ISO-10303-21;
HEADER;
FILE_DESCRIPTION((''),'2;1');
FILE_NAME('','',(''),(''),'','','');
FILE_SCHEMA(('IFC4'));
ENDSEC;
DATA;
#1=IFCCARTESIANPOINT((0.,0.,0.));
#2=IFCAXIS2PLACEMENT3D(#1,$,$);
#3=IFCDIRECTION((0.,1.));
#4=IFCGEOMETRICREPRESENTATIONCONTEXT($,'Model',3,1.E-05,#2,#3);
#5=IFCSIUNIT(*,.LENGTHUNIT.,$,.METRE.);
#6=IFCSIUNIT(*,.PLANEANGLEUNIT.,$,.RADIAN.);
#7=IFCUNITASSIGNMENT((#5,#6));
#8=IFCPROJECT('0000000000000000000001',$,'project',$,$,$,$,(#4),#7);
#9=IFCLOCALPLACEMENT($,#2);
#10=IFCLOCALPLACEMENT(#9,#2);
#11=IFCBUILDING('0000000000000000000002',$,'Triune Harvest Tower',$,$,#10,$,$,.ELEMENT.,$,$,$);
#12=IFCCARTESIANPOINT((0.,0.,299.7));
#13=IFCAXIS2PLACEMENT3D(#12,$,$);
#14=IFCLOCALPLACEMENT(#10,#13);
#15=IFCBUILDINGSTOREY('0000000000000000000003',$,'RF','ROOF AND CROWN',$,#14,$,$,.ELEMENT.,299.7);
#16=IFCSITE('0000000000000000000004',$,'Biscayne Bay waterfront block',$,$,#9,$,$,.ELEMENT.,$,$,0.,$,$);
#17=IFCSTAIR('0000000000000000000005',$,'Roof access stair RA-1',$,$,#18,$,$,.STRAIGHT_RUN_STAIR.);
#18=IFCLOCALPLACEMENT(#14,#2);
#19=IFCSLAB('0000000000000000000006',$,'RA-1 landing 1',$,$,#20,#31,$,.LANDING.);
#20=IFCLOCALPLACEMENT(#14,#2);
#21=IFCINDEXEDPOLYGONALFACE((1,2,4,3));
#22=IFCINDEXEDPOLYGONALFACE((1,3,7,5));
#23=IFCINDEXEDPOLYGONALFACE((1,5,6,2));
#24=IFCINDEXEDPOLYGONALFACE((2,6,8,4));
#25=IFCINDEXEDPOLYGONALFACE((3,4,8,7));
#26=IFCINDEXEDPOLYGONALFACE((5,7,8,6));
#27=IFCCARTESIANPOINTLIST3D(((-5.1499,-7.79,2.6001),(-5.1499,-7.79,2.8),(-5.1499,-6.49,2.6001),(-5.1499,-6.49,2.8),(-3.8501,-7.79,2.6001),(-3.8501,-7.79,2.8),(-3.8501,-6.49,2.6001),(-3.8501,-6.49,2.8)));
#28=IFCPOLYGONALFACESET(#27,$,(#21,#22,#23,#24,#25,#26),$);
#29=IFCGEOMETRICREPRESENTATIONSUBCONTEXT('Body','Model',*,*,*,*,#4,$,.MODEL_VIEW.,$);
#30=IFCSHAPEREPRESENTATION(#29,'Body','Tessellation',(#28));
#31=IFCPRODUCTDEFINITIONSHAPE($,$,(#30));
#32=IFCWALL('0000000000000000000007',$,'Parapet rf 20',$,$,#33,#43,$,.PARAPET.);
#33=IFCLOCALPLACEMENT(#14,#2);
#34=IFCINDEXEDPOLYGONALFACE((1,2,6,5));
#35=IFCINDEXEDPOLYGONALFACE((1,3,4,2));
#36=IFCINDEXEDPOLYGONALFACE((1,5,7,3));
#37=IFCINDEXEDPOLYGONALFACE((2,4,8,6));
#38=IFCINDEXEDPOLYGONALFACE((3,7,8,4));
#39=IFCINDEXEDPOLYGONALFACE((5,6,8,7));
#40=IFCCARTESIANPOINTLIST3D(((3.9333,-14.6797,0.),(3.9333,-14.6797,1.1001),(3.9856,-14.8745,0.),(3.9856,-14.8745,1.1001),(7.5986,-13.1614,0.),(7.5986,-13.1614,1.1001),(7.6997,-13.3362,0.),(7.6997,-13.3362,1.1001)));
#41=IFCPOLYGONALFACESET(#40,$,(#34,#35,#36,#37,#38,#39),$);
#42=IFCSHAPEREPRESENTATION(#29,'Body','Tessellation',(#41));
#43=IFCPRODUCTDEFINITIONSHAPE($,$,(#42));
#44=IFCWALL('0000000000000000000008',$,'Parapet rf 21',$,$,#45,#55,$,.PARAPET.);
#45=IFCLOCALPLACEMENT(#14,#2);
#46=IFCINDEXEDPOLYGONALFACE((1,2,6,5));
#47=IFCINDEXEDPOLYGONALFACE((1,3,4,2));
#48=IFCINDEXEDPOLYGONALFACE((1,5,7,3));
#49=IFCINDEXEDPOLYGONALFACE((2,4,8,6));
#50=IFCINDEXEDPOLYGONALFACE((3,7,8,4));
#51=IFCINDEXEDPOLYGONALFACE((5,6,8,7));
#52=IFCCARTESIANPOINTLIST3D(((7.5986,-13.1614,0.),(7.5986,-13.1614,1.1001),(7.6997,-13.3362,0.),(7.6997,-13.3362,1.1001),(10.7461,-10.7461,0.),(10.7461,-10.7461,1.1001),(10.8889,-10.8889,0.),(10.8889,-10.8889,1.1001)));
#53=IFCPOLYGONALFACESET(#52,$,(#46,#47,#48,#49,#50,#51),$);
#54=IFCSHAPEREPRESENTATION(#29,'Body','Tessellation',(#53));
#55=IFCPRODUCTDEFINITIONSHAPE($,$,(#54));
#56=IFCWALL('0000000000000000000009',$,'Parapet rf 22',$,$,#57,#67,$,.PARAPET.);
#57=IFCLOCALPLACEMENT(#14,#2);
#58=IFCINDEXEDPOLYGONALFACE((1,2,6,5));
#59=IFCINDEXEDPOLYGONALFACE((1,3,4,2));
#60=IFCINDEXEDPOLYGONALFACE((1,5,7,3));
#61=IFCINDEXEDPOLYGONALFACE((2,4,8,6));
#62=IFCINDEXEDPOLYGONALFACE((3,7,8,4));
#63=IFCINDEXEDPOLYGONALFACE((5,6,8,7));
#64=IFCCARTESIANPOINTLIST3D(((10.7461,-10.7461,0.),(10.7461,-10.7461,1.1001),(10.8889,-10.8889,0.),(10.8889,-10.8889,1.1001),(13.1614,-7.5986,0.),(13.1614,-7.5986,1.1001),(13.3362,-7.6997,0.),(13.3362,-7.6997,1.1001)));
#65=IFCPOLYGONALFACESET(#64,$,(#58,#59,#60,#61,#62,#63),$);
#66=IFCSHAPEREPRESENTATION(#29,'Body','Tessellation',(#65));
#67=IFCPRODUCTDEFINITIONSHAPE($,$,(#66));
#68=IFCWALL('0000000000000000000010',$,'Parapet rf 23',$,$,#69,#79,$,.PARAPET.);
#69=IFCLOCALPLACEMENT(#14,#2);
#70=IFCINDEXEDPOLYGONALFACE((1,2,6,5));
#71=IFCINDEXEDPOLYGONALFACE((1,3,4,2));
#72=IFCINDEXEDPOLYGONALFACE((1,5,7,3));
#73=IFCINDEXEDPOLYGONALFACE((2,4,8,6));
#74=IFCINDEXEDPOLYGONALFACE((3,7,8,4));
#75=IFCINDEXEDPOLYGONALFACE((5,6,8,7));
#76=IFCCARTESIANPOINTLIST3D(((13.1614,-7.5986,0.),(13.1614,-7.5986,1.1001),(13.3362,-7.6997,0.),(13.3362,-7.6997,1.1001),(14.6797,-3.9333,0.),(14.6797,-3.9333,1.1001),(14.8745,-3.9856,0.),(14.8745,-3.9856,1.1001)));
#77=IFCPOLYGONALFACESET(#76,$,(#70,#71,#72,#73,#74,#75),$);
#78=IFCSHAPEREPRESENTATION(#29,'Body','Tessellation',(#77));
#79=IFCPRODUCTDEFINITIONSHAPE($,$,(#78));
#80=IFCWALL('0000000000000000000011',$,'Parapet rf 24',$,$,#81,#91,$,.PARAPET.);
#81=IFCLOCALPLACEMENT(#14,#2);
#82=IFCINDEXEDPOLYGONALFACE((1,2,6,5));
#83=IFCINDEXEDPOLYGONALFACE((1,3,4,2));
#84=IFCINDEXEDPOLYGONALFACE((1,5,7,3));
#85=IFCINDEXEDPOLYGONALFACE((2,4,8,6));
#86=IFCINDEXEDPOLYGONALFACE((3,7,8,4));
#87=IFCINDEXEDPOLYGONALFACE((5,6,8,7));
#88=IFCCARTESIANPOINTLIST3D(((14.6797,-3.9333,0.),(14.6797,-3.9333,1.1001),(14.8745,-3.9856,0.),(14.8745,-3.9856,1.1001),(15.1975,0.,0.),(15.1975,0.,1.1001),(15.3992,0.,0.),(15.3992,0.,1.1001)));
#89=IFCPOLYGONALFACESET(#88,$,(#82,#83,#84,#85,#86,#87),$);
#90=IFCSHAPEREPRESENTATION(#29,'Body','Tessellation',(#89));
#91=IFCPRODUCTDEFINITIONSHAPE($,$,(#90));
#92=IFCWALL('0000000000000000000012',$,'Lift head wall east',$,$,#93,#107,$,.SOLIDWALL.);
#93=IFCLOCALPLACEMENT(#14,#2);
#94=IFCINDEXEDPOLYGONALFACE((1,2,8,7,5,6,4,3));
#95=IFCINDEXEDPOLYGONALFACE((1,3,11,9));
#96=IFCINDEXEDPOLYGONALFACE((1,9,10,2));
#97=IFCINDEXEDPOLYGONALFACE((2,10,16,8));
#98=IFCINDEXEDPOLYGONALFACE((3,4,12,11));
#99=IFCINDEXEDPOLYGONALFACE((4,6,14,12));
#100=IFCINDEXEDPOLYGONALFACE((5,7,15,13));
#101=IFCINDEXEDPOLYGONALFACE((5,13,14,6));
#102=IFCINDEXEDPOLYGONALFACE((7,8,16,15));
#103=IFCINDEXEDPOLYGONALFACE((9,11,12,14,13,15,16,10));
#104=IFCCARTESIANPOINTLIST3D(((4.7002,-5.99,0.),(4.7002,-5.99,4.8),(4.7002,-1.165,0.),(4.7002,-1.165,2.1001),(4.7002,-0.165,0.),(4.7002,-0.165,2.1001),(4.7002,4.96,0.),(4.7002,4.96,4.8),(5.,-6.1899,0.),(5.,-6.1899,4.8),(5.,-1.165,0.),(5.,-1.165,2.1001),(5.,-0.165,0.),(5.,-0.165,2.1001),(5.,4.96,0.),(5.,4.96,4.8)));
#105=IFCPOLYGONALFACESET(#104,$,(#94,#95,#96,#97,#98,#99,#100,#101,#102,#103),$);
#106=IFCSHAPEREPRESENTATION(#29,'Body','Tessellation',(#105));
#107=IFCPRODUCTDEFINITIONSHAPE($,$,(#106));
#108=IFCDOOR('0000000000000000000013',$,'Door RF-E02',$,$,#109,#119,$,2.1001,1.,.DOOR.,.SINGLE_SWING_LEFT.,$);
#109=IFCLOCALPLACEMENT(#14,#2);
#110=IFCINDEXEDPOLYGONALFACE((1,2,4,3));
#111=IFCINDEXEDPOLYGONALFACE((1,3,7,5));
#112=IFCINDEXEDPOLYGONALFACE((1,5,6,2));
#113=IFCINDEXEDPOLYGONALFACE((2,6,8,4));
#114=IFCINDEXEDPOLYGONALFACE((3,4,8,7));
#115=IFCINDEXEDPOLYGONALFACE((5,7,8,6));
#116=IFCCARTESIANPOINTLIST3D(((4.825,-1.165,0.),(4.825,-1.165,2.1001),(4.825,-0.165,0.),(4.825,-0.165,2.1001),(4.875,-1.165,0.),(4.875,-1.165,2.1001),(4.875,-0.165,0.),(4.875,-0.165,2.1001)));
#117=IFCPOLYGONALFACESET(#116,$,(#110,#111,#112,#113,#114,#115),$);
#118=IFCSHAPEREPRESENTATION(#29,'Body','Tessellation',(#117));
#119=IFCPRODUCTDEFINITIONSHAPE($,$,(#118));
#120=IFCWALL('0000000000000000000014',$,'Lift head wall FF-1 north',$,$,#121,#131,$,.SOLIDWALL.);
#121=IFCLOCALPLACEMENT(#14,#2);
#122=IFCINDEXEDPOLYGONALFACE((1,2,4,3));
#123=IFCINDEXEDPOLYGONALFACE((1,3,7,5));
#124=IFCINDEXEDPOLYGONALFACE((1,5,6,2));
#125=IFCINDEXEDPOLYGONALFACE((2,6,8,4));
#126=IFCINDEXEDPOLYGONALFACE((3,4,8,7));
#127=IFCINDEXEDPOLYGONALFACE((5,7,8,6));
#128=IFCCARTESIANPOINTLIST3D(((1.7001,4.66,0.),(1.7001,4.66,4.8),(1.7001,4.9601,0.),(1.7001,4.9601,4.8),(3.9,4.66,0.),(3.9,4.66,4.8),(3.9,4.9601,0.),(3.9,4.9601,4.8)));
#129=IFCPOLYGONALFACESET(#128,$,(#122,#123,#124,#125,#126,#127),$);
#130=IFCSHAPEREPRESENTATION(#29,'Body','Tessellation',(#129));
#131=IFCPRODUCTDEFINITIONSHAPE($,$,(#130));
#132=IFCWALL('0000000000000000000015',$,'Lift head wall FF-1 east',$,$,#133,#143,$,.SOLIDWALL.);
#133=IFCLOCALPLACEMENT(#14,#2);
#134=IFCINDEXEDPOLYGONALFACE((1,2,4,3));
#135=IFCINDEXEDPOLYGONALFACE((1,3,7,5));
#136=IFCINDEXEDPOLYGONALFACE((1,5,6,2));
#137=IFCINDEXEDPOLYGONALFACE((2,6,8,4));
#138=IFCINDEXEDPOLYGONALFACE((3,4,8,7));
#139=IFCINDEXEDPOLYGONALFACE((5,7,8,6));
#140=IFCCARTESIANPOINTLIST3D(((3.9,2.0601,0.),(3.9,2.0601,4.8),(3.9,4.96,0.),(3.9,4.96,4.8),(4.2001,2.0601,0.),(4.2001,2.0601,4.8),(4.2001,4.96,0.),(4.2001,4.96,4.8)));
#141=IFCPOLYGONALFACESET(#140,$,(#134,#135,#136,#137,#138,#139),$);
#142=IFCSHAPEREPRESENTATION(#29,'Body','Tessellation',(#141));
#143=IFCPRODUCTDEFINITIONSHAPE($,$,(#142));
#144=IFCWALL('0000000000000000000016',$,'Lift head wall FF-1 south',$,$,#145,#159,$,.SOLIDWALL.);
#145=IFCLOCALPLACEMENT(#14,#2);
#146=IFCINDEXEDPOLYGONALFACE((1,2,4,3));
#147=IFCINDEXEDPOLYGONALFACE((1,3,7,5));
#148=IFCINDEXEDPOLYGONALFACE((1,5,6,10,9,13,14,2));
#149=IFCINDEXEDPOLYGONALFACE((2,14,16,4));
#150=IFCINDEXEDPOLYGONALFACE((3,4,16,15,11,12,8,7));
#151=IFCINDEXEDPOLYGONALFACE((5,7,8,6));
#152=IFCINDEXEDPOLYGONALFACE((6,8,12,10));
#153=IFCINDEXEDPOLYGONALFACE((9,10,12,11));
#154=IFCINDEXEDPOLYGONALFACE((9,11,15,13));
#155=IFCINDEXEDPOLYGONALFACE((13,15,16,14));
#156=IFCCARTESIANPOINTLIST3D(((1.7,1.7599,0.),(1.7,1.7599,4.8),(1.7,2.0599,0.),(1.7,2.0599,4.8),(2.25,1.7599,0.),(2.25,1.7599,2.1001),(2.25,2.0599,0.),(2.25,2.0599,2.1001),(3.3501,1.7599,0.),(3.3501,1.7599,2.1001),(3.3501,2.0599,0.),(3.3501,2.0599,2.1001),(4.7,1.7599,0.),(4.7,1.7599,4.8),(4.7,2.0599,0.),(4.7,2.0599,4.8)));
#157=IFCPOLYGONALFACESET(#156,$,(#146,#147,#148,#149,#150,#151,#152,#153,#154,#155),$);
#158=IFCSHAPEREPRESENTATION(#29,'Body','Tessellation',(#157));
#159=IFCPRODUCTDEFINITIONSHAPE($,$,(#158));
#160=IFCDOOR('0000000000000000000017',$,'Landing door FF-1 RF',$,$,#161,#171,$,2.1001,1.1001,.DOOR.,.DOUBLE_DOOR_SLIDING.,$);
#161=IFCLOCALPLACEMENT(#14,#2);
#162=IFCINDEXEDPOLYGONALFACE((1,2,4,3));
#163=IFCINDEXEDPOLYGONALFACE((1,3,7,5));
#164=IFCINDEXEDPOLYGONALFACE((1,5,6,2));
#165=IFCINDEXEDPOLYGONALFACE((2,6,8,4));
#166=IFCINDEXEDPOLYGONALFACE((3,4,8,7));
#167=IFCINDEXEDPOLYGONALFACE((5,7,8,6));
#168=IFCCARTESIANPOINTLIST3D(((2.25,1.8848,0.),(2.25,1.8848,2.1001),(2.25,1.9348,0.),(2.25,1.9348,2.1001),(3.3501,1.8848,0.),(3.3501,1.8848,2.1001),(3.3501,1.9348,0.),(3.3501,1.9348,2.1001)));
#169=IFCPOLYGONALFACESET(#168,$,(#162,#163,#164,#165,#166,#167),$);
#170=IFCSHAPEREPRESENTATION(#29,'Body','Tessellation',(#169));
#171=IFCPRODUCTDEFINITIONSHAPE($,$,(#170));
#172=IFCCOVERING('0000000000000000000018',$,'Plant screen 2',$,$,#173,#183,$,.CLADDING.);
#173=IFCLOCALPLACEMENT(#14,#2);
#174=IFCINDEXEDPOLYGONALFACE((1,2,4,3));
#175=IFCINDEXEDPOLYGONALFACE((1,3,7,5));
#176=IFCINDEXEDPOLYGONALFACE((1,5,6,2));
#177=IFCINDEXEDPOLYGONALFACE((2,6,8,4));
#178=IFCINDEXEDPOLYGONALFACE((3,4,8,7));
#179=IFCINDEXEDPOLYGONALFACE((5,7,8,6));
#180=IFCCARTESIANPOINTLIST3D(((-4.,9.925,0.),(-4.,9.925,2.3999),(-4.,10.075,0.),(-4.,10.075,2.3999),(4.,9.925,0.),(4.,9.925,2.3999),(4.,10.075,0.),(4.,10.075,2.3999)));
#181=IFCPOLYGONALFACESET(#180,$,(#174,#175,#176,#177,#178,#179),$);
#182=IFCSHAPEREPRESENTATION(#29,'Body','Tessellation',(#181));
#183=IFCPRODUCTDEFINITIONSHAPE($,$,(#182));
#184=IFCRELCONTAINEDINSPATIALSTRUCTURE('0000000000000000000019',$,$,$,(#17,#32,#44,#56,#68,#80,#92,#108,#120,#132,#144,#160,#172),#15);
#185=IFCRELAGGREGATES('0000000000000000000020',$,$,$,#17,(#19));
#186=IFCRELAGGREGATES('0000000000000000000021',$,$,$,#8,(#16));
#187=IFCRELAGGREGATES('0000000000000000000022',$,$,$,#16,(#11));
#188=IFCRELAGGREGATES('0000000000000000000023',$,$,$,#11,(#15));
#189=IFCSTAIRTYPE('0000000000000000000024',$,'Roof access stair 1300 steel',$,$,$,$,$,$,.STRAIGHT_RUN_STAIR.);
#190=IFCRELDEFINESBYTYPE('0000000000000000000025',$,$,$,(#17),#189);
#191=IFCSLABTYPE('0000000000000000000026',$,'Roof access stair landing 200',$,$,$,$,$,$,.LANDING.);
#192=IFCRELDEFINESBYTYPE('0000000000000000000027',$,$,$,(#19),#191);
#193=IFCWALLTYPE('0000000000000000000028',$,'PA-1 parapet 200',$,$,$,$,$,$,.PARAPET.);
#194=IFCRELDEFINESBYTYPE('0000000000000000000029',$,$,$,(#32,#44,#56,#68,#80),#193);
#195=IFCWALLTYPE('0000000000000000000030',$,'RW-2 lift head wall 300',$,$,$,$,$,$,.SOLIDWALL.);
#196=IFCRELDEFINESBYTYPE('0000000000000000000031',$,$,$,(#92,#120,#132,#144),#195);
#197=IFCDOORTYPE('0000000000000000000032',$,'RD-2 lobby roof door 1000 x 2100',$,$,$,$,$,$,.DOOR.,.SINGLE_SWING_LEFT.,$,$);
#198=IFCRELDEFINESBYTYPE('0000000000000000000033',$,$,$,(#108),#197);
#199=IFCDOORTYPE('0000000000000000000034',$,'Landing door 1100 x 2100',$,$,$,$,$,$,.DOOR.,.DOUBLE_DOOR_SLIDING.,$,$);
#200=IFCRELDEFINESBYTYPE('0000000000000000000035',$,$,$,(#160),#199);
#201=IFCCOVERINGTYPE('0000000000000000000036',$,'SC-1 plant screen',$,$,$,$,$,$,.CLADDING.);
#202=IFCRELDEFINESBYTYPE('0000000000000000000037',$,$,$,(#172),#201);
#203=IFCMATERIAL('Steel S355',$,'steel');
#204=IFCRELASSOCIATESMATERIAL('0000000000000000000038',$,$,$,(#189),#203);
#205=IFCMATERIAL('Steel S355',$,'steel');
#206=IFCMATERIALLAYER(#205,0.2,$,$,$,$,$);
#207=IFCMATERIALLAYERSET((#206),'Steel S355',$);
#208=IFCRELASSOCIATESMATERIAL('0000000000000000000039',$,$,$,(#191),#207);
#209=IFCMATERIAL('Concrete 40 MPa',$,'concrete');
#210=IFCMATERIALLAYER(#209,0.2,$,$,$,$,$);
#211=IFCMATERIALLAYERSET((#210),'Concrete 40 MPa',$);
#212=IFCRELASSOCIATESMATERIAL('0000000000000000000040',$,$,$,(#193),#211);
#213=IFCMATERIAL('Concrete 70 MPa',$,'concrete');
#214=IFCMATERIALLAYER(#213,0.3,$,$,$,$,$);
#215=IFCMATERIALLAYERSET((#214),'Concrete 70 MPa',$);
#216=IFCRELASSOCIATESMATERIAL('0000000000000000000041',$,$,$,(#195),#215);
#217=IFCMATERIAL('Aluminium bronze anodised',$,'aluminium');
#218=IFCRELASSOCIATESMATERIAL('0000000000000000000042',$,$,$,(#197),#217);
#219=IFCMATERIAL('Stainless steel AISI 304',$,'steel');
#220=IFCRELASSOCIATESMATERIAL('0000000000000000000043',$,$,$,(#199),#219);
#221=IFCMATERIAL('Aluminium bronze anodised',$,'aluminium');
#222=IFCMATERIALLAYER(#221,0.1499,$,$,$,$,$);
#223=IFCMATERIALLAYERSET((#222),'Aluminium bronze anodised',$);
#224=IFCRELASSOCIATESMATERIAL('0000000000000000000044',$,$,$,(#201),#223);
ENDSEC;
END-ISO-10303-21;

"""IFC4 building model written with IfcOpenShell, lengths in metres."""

from ifc_helpers import new_model, si_unit, direction, frame, frame_2d, origin, origin_2d, place, context, subcontext, project, spatial, polyline, rectangle, outline, extrude, source, transform, mapped, material, layer, layer_set, type_object, element, fill, aggregate, save


model = new_model("IFC4")

# Units and contexts
model_context = context("Model", 3, precision=1e-05, world=origin(), true_north=direction((0.0, 1.0)))
body_context = subcontext(model_context, "Body", "Model", "MODEL_VIEW")
ifc_project = project(units=[si_unit("LENGTHUNIT", "METRE"), si_unit("PLANEANGLEUNIT", "RADIAN")], contexts=[model_context])

# Site, building, storey
site_placement = place(None, origin())
site = spatial("IfcSite", under=ifc_project, at=site_placement, Name="Biscayne Bay waterfront block", CompositionType="ELEMENT", RefElevation=0.0)
building_placement = place(site_placement, origin())
building = spatial("IfcBuilding", under=site, at=building_placement, Name="Triune Harvest Tower", CompositionType="ELEMENT")
storey_placement = place(building_placement, frame((0.0, 0.0, 299.7)))
storey = spatial("IfcBuildingStorey", under=building, at=storey_placement, Name="RF", Description="ROOF AND CROWN", CompositionType="ELEMENT", Elevation=299.7)

# Stair, slab
ifc_material_1 = material(Name="Steel S355", Category="steel")
stair_type = type_object("IfcStairType", Name="Roof access stair 1300 steel", PredefinedType="STRAIGHT_RUN_STAIR", material=ifc_material_1)
stair_placement = place(storey_placement, origin())
stair = element("IfcStair", 1, at=stair_placement, inside=storey, type_object=stair_type, Name="Roof access stair RA-1", PredefinedType="STRAIGHT_RUN_STAIR")
ifc_material_2 = material(Name="Steel S355", Category="steel")
ifc_layer_1 = layer(ifc_material_2, 0.2)
ifc_layer_set_1 = layer_set([ifc_layer_1], Name="Steel S355")
slab_type = type_object("IfcSlabType", Name="Roof access stair landing 200", PredefinedType="LANDING", material=ifc_layer_set_1)
slab_placement = place(storey_placement, frame((0.0, 0.0, 2.6001)))
slab = element("IfcSlab", 2, at=slab_placement, type_object=slab_type, Name="RA-1 landing 1", PredefinedType="LANDING", context=body_context, shape_type="SweptSolid", body=[
    extrude(outline(polyline([(-5.1499, -7.79), (-3.8501, -7.79), (-3.8501, -6.49), (-5.1499, -6.49), (-5.1499, -7.79)])), origin(), (0.0, 0.0, 1.0), 0.2),
])
aggregate(stair, [slab])

# Walls
ifc_material_3 = material(Name="Concrete 40 MPa", Category="concrete")
ifc_layer_2 = layer(ifc_material_3, 0.2)
ifc_layer_set_2 = layer_set([ifc_layer_2], Name="Concrete 40 MPa")
wall_type_1 = type_object("IfcWallType", Name="PA-1 parapet 200", PredefinedType="PARAPET", material=ifc_layer_set_2)
wall_1_placement = place(storey_placement, origin())
element("IfcWall", 3, at=wall_1_placement, inside=storey, type_object=wall_type_1, Name="Parapet rf 20", PredefinedType="PARAPET", context=body_context, shape_type="SweptSolid", body=[
    extrude(outline(polyline([(3.9856, -14.8745), (7.6997, -13.3362), (7.5986, -13.1614), (3.9333, -14.6797), (3.9856, -14.8745)])), origin(), (0.0, 0.0, 1.0), 1.1001),
])
wall_2_placement = place(storey_placement, origin())
element("IfcWall", 4, at=wall_2_placement, inside=storey, type_object=wall_type_1, Name="Parapet rf 21", PredefinedType="PARAPET", context=body_context, shape_type="SweptSolid", body=[
    extrude(outline(polyline([(7.6997, -13.3362), (10.8889, -10.8889), (10.7461, -10.7461), (7.5986, -13.1614), (7.6997, -13.3362)])), origin(), (0.0, 0.0, 1.0), 1.1001),
])
wall_3_placement = place(storey_placement, origin())
element("IfcWall", 5, at=wall_3_placement, inside=storey, type_object=wall_type_1, Name="Parapet rf 22", PredefinedType="PARAPET", context=body_context, shape_type="SweptSolid", body=[
    extrude(outline(polyline([(10.8889, -10.8889), (13.3362, -7.6997), (13.1614, -7.5986), (10.7461, -10.7461), (10.8889, -10.8889)])), origin(), (0.0, 0.0, 1.0), 1.1001),
])
wall_4_placement = place(storey_placement, origin())
element("IfcWall", 6, at=wall_4_placement, inside=storey, type_object=wall_type_1, Name="Parapet rf 23", PredefinedType="PARAPET", context=body_context, shape_type="SweptSolid", body=[
    extrude(outline(polyline([(13.3362, -7.6997), (14.8745, -3.9856), (14.6797, -3.9333), (13.1614, -7.5986), (13.3362, -7.6997)])), origin(), (0.0, 0.0, 1.0), 1.1001),
])
wall_5_placement = place(storey_placement, origin())
element("IfcWall", 7, at=wall_5_placement, inside=storey, type_object=wall_type_1, Name="Parapet rf 24", PredefinedType="PARAPET", context=body_context, shape_type="SweptSolid", body=[
    extrude(outline(polyline([(14.8745, -3.9856), (15.3992, 0.0), (15.1975, 0.0), (14.6797, -3.9333), (14.8745, -3.9856)])), origin(), (0.0, 0.0, 1.0), 1.1001),
])

# Wall, opening, door
ifc_material_4 = material(Name="Concrete 70 MPa", Category="concrete")
ifc_layer_3 = layer(ifc_material_4, 0.3)
ifc_layer_set_3 = layer_set([ifc_layer_3], Name="Concrete 70 MPa")
wall_type_2 = type_object("IfcWallType", Name="RW-2 lift head wall 300", PredefinedType="SOLIDWALL", material=ifc_layer_set_3)
wall_6_placement = place(storey_placement, frame((4.8501, 4.96, 0.0), z_axis=(0.0, 0.0, 1.0), x_axis=(0.0, -1.0, 0.0)))
wall_6 = element("IfcWall", 8, at=wall_6_placement, inside=storey, type_object=wall_type_2, Name="Lift head wall east", PredefinedType="SOLIDWALL", context=body_context, shape_type="SweptSolid", body=[
    extrude(outline(polyline([(0.0, -0.1499), (10.95, -0.1499), (11.1499, 0.1499), (0.0, 0.1499), (0.0, -0.1499)])), origin(), (0.0, 0.0, 1.0), 4.8),
])
opening_1_placement = place(wall_6_placement, frame((5.125, 0.0, 0.0)))
opening_1 = element("IfcOpeningElement", 9, at=opening_1_placement, cuts=wall_6, PredefinedType="OPENING", context=body_context, shape_type="SweptSolid", body=[
    extrude(rectangle(XDim=1.0, YDim=2.1001, at=frame_2d((0.5, 1.05))), frame((0.0, 0.1602, 0.0), z_axis=(0.0, -1.0, 0.0), x_axis=(1.0, 0.0, 0.0)), (0.0, 0.0, 1.0), 0.3201),
])
ifc_material_5 = material(Name="Aluminium bronze anodised", Category="aluminium")
door_type_1 = type_object("IfcDoorType", Name="RD-2 lobby roof door 1000 x 2100", OperationType="SINGLE_SWING_LEFT", PredefinedType="DOOR", material=ifc_material_5)
door_1_placement = place(opening_1_placement, origin())
door_1 = element("IfcDoor", 10, at=door_1_placement, inside=storey, type_object=door_type_1, Name="Door RF-E02", OperationType="SINGLE_SWING_LEFT", OverallHeight=2.1001, OverallWidth=1.0, PredefinedType="DOOR", context=body_context, shape_type="SweptSolid", body=[
    extrude(rectangle(XDim=1.0, YDim=2.1001, at=frame_2d((0.5, 1.05))), frame((0.0, 0.0249, 0.0), z_axis=(0.0, -1.0, 0.0), x_axis=(1.0, 0.0, 0.0)), (0.0, 0.0, 1.0), 0.05),
])
fill(opening_1, door_1)

# Walls
wall_7_placement = place(storey_placement, frame((1.7, 4.8101, 0.0), z_axis=(0.0, 0.0, 1.0), x_axis=(1.0, 0.0, 0.0)))
element("IfcWall", 11, at=wall_7_placement, inside=storey, type_object=wall_type_2, Name="Lift head wall FF-1 north", PredefinedType="SOLIDWALL", context=body_context, shape_type="SweptSolid", body=[
    extrude(rectangle(XDim=2.2, YDim=0.3, at=frame_2d((1.1001, 0.0))), origin(), (0.0, 0.0, 1.0), 4.8),
])
wall_8_placement = place(storey_placement, frame((4.05, 2.0601, 0.0), z_axis=(0.0, 0.0, 1.0), x_axis=(0.0, 1.0, 0.0)))
element("IfcWall", 12, at=wall_8_placement, inside=storey, type_object=wall_type_2, Name="Lift head wall FF-1 east", PredefinedType="SOLIDWALL", context=body_context, shape_type="SweptSolid", body=[
    extrude(rectangle(XDim=2.8999, YDim=0.3, at=frame_2d((1.45, 0.0))), origin(), (0.0, 0.0, 1.0), 4.8),
])

# Wall, opening, door
shared_shape_1 = source(origin(), body_context, "Body", "SweptSolid", [
    extrude(rectangle(XDim=3.0, YDim=0.3, at=frame_2d((1.5, 0.0))), origin(), (0.0, 0.0, 1.0), 4.8),
])
wall_9_placement = place(storey_placement, frame((1.7, 1.9099, 0.0), z_axis=(0.0, 0.0, 1.0), x_axis=(1.0, 0.0, 0.0)))
wall_9 = element("IfcWall", 13, at=wall_9_placement, inside=storey, type_object=wall_type_2, Name="Lift head wall FF-1 south", PredefinedType="SOLIDWALL", context=body_context, shape_type="MappedRepresentation", body=[
    mapped(shared_shape_1, transform((0.0, 0.0, 0.0), scale=1.0)),
])
opening_2_placement = place(wall_9_placement, frame((0.55, 0.0, 0.0)))
opening_2 = element("IfcOpeningElement", 14, at=opening_2_placement, cuts=wall_9, PredefinedType="OPENING", context=body_context, shape_type="SweptSolid", body=[
    extrude(rectangle(XDim=1.1001, YDim=2.1001, at=frame_2d((0.55, 1.05))), frame((0.0, 0.1602, 0.0), z_axis=(0.0, -1.0, 0.0), x_axis=(1.0, 0.0, 0.0)), (0.0, 0.0, 1.0), 0.3201),
])
ifc_material_6 = material(Name="Stainless steel AISI 304", Category="steel")
door_type_2 = type_object("IfcDoorType", Name="Landing door 1100 x 2100", OperationType="DOUBLE_DOOR_SLIDING", PredefinedType="DOOR", material=ifc_material_6)
door_2_placement = place(opening_2_placement, origin())
door_2 = element("IfcDoor", 15, at=door_2_placement, inside=storey, type_object=door_type_2, Name="Landing door FF-1 RF", OperationType="DOUBLE_DOOR_SLIDING", OverallHeight=2.1001, OverallWidth=1.1001, PredefinedType="DOOR", context=body_context, shape_type="SweptSolid", body=[
    extrude(rectangle(XDim=1.1001, YDim=2.1001, at=frame_2d((0.55, 1.05))), frame((0.0, 0.0249, 0.0), z_axis=(0.0, -1.0, 0.0), x_axis=(1.0, 0.0, 0.0)), (0.0, 0.0, 1.0), 0.05),
])
fill(opening_2, door_2)

# Covering
ifc_material_7 = material(Name="Aluminium bronze anodised", Category="aluminium")
ifc_layer_4 = layer(ifc_material_7, 0.1499)
ifc_layer_set_4 = layer_set([ifc_layer_4], Name="Aluminium bronze anodised")
covering_type = type_object("IfcCoveringType", Name="SC-1 plant screen", PredefinedType="CLADDING", material=ifc_layer_set_4)
covering_1_placement = place(storey_placement, frame((0.0, 10.0, 0.0), z_axis=(0.0, 0.0, 1.0), x_axis=(1.0, 0.0, 0.0)))
element("IfcCovering", 16, at=covering_1_placement, inside=storey, type_object=covering_type, Name="Plant screen 2", PredefinedType="CLADDING", context=body_context, shape_type="SweptSolid", body=[
    extrude(rectangle(XDim=8.0, YDim=0.1499, at=origin_2d()), origin(), (0.0, 0.0, 1.0), 2.3999),
])

save(model, "model.ifc")
